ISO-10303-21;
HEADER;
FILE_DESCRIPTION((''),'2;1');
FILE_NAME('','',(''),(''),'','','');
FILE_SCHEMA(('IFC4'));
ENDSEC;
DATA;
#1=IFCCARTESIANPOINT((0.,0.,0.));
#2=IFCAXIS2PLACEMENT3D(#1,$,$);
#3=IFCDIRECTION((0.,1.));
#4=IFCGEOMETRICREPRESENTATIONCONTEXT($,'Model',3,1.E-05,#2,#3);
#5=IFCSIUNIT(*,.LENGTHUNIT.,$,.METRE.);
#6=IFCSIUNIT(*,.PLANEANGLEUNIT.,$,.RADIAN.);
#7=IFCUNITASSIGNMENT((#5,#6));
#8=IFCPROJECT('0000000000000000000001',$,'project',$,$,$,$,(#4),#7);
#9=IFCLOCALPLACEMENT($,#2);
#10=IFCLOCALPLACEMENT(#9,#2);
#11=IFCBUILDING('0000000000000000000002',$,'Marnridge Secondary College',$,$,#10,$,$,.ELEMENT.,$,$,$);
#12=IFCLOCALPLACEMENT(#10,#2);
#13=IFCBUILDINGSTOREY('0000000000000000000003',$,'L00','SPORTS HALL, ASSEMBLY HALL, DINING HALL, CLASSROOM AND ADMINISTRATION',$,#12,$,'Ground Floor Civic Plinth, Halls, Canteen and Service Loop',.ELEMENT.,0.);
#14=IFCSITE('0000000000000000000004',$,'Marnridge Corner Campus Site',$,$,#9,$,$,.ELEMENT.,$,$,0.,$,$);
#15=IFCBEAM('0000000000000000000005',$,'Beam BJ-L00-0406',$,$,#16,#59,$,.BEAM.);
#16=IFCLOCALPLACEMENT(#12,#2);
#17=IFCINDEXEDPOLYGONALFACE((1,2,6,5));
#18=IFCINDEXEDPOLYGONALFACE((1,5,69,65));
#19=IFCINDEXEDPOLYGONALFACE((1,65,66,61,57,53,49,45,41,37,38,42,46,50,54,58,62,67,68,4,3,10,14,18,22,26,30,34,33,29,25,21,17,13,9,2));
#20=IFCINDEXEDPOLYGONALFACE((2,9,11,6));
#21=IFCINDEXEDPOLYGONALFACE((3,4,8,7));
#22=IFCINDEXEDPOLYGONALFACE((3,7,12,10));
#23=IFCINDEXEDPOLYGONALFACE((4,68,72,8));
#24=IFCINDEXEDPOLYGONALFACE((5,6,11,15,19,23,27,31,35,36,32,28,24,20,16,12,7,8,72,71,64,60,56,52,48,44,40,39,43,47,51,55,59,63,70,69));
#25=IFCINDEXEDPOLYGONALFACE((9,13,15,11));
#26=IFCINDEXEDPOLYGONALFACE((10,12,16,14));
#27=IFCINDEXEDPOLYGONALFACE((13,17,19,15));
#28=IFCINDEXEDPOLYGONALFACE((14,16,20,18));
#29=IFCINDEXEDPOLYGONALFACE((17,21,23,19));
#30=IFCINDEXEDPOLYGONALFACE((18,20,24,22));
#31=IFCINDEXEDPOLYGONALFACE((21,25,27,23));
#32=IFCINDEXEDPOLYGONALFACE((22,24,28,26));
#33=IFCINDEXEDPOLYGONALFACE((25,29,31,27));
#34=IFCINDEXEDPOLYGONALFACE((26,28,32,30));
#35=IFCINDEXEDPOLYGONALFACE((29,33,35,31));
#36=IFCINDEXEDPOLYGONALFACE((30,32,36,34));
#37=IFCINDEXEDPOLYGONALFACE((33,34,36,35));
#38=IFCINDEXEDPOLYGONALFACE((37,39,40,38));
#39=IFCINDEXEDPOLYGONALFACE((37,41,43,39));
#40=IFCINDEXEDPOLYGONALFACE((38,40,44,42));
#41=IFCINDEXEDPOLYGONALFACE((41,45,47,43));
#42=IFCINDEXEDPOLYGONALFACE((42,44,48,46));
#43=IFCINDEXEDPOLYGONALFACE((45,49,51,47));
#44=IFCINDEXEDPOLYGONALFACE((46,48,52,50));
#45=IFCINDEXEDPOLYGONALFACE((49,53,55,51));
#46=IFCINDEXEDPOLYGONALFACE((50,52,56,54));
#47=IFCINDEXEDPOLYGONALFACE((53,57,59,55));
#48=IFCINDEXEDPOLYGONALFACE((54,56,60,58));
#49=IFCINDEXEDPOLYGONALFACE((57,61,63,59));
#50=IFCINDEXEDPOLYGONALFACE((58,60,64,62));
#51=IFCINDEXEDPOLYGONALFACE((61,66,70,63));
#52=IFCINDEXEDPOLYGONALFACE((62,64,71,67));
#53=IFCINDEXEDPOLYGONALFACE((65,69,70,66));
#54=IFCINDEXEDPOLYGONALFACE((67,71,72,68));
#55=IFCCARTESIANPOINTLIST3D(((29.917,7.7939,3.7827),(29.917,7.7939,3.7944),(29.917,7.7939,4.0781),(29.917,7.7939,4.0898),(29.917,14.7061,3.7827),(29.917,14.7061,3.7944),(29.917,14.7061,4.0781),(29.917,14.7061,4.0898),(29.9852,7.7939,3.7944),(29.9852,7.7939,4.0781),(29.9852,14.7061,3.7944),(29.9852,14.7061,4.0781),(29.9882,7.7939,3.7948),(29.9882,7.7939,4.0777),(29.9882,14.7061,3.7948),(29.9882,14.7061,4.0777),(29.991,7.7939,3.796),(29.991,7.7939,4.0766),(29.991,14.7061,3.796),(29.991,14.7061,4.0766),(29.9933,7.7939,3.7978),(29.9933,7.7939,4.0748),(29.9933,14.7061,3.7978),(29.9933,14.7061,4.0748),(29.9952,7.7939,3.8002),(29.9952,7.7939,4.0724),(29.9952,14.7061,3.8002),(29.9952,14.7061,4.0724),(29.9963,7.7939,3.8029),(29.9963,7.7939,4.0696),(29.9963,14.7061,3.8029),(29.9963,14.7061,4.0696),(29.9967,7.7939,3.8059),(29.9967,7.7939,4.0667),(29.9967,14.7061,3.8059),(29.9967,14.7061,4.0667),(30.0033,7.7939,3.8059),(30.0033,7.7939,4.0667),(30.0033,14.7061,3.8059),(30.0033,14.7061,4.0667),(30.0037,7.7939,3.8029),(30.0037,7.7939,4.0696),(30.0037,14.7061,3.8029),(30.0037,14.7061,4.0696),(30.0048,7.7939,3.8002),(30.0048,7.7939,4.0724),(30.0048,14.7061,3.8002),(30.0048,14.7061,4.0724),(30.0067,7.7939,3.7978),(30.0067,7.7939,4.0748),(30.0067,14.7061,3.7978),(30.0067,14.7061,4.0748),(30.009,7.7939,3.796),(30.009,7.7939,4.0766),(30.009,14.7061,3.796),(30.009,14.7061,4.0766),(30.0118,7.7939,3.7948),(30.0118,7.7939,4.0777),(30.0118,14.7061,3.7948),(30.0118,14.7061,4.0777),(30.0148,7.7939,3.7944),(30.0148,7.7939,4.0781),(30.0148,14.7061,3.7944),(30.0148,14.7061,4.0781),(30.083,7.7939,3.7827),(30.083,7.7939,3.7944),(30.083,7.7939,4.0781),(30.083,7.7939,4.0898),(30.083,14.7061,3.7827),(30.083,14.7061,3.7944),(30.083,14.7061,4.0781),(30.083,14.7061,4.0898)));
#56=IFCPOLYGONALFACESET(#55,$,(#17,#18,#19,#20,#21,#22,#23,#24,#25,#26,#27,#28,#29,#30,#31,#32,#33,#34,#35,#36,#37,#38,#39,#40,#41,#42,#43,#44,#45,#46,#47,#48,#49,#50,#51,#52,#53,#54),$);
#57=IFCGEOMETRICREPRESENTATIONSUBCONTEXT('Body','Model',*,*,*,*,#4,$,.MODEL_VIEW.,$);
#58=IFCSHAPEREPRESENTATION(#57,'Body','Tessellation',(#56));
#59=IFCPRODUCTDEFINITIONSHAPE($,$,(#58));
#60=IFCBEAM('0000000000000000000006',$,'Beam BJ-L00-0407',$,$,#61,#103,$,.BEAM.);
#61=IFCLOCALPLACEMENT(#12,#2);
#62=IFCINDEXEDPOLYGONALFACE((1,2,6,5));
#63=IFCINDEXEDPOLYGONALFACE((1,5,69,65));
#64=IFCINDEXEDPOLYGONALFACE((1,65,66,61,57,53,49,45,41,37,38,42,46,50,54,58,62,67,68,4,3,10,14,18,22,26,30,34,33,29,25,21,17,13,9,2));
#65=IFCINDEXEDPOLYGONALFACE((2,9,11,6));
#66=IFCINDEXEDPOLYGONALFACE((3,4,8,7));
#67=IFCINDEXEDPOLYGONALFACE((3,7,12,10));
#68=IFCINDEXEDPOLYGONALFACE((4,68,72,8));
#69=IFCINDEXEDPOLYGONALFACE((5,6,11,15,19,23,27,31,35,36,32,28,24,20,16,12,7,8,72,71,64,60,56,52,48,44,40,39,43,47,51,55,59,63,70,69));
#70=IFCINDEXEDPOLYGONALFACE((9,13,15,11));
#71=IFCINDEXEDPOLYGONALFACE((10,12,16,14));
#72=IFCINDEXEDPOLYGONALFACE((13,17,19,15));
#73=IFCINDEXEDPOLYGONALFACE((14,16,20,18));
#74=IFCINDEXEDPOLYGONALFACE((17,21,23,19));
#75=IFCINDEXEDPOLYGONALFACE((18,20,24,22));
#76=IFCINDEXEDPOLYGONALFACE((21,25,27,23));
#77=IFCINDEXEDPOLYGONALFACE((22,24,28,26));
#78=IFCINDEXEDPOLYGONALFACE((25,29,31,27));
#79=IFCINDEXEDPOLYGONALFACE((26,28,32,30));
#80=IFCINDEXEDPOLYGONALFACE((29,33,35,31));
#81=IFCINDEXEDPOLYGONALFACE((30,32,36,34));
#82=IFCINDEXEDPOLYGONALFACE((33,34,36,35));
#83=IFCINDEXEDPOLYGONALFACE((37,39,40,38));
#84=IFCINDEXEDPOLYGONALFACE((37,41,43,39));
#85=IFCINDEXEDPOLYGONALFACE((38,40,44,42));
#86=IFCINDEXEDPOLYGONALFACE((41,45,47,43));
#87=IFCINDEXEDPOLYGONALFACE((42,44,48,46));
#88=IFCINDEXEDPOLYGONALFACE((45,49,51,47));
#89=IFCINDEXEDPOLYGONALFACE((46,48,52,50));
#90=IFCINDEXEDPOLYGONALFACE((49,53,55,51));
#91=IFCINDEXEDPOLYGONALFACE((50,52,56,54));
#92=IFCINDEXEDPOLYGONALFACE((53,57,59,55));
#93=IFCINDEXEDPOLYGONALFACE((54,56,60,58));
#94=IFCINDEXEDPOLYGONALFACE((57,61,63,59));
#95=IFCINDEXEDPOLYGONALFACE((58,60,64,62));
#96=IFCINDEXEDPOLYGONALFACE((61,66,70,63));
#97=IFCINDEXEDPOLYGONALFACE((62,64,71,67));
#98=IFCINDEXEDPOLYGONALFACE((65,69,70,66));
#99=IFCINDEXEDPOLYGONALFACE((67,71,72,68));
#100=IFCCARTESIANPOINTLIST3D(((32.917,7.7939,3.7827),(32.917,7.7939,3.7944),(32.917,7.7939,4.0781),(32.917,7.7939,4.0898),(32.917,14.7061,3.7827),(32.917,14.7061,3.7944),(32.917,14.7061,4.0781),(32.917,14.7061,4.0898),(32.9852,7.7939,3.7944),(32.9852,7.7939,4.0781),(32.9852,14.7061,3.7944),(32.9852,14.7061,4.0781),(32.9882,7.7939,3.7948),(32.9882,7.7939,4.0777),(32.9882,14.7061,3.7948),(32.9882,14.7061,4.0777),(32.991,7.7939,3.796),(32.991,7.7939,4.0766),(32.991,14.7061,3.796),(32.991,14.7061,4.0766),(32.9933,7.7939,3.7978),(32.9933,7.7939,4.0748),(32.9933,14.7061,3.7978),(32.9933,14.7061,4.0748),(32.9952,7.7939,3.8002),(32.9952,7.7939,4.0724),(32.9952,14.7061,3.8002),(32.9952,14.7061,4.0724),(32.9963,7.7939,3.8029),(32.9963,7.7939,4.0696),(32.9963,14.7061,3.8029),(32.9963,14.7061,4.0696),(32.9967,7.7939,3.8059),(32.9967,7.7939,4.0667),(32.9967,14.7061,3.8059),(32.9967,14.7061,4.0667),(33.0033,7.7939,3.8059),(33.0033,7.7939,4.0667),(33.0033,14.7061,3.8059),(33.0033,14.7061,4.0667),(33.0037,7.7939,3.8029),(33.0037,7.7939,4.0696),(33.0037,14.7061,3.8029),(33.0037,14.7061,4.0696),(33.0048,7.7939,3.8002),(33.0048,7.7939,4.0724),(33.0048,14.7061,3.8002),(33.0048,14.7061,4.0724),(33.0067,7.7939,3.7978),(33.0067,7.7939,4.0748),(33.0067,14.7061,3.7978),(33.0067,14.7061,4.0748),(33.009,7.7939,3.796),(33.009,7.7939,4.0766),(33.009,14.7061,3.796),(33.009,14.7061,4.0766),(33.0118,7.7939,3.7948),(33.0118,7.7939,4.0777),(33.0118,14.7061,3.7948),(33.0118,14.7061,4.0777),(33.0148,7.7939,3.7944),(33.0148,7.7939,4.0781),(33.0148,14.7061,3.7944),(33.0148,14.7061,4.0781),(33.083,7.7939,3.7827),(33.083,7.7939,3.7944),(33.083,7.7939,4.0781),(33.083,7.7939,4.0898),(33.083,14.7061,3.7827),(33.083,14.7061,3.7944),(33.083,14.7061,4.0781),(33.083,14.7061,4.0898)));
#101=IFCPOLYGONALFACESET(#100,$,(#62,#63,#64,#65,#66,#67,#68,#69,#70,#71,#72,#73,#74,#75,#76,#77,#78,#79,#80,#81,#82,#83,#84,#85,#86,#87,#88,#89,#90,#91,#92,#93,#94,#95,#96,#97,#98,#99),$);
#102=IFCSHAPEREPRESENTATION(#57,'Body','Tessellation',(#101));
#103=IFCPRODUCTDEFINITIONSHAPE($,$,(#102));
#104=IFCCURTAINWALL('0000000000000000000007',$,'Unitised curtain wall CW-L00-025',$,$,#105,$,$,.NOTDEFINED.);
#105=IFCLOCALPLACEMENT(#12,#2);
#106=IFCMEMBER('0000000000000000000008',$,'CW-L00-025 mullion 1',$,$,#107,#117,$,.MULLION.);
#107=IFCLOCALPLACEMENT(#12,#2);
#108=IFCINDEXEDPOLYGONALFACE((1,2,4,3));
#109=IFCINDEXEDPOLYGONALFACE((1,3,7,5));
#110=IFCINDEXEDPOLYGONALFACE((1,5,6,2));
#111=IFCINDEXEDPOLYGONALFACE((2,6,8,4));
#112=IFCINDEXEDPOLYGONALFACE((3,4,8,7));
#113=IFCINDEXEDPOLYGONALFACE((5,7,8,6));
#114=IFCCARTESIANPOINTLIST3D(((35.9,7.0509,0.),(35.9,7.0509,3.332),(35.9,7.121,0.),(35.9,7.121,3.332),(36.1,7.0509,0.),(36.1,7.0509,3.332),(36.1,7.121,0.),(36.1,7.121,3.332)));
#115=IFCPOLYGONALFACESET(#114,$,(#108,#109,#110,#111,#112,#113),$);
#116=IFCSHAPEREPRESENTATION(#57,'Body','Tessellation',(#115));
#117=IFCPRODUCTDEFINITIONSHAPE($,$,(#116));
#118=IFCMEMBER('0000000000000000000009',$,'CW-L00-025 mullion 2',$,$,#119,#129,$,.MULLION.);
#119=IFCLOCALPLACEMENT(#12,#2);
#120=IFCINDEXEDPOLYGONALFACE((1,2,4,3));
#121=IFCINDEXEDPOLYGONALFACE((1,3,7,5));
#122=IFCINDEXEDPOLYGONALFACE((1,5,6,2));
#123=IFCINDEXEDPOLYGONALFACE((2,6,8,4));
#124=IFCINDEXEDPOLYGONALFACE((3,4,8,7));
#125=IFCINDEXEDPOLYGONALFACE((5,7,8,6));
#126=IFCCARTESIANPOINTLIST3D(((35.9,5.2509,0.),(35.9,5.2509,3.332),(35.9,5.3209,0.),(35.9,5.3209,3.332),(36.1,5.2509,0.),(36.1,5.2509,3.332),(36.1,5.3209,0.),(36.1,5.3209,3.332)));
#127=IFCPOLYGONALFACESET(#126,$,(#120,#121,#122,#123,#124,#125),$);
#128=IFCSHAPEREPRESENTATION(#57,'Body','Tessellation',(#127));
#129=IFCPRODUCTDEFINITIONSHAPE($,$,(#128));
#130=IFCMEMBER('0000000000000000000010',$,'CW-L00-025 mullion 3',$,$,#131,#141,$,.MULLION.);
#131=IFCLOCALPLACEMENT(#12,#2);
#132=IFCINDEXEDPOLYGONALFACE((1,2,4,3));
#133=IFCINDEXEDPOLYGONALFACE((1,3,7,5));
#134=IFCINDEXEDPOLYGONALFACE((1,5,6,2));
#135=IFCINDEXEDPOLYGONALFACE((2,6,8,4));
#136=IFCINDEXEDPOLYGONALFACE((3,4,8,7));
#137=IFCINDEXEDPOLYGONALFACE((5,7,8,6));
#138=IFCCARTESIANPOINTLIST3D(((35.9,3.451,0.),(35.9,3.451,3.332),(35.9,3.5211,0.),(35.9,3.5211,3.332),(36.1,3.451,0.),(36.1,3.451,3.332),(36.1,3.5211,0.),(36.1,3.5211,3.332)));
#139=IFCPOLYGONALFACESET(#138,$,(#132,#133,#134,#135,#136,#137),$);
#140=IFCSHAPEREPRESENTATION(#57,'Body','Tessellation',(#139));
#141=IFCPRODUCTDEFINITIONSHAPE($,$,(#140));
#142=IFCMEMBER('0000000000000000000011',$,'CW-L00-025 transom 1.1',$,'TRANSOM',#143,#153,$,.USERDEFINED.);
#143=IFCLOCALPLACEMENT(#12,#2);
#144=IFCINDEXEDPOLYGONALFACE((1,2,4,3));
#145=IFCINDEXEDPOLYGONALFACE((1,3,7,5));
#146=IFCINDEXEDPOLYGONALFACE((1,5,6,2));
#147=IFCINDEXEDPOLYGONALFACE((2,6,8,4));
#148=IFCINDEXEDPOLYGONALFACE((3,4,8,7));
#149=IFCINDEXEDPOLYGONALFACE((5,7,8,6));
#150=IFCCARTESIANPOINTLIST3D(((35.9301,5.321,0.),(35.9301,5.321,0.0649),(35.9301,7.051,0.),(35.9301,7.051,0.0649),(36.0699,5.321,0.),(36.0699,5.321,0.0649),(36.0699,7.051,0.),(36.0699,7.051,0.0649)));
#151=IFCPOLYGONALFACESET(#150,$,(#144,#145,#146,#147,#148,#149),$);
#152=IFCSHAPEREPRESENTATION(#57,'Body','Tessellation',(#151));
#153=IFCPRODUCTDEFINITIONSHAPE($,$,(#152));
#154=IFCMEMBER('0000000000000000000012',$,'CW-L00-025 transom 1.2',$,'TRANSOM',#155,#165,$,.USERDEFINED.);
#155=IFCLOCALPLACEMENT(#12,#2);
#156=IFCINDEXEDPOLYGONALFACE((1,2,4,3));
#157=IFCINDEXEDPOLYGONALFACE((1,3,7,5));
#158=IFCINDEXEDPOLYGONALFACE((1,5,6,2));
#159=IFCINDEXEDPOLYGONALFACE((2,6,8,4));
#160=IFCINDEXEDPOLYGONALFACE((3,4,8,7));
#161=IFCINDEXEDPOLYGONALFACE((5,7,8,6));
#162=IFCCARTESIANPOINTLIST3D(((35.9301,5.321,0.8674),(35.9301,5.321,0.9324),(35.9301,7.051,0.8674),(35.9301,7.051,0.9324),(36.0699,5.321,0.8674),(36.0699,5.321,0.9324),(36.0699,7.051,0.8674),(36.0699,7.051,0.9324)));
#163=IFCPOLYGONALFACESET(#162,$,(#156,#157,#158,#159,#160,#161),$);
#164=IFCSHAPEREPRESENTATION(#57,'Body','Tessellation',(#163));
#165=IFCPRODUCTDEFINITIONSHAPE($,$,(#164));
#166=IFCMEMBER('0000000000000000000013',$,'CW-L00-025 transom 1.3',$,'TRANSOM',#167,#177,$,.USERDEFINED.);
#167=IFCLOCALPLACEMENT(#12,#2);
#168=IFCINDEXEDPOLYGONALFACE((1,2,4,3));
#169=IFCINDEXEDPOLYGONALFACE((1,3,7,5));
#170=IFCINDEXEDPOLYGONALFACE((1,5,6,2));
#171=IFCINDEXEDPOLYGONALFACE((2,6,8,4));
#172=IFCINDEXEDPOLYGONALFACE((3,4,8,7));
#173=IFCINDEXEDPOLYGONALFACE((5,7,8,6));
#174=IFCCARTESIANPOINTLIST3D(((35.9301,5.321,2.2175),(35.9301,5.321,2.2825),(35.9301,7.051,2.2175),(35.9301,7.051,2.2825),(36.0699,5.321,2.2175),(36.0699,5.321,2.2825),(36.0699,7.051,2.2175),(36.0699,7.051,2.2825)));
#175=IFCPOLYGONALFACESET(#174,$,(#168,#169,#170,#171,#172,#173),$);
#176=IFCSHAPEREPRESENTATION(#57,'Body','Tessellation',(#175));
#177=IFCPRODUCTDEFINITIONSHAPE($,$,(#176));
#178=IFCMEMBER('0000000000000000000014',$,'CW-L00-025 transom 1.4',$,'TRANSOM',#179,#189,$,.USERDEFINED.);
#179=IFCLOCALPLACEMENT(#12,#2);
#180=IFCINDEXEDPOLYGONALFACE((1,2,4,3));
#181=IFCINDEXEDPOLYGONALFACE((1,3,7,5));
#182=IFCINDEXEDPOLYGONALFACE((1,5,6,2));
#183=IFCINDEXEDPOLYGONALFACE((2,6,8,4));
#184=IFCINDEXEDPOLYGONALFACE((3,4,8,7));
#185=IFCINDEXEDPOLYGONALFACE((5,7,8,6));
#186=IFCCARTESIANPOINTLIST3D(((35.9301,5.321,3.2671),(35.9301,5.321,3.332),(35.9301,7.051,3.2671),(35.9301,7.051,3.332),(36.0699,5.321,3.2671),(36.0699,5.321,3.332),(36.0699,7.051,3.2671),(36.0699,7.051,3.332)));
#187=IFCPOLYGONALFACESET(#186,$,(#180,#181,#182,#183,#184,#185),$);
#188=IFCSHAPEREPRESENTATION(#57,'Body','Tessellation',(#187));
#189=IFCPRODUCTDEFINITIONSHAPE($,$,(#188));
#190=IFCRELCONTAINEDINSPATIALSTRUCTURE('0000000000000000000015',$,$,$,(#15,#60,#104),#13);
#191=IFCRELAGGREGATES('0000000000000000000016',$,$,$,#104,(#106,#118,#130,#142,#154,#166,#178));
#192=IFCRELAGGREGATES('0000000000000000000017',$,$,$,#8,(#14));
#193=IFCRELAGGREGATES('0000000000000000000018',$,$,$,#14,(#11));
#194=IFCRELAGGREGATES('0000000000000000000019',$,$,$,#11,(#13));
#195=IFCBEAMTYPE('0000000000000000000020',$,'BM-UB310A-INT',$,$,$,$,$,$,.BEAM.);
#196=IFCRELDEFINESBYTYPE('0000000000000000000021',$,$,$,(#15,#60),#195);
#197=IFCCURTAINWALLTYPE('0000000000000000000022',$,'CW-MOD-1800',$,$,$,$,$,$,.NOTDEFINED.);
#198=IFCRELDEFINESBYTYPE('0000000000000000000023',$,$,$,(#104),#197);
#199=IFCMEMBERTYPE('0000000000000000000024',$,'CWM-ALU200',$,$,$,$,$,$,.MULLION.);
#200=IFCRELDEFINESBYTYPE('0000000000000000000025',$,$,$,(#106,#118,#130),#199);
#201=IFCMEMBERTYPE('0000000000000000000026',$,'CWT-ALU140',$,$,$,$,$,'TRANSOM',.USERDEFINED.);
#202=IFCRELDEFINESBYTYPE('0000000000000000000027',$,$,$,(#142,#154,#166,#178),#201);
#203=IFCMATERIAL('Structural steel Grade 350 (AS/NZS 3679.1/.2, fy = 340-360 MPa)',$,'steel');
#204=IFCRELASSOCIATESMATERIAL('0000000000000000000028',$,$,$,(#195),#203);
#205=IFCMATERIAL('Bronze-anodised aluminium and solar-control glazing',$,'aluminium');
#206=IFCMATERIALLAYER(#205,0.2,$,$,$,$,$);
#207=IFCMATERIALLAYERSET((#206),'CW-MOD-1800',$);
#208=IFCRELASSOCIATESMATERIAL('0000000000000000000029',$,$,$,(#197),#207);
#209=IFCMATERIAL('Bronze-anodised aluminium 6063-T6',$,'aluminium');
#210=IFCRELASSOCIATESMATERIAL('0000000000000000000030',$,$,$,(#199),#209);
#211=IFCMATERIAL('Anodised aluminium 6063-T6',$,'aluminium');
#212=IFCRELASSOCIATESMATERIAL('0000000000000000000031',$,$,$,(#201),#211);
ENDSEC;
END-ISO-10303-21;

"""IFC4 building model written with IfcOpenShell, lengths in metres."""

from ifc_helpers import new_model, si_unit, direction, frame, origin, origin_2d, place, context, subcontext, project, spatial, rectangle, i_section, extrude, material, layer, layer_set, material_profile, profile_set, type_object, element, aggregate, save


model = new_model("IFC4")

# Units and contexts
model_context = context("Model", 3, precision=1e-05, world=origin(), true_north=direction((0.0, 1.0)))
body_context = subcontext(model_context, "Body", "Model", "MODEL_VIEW")
ifc_project = project(units=[si_unit("LENGTHUNIT", "METRE"), si_unit("PLANEANGLEUNIT", "RADIAN")], contexts=[model_context])

# Site, building, storey
site_placement = place(None, origin())
site = spatial("IfcSite", under=ifc_project, at=site_placement, Name="Marnridge Corner Campus Site", CompositionType="ELEMENT", RefElevation=0.0)
building_placement = place(site_placement, origin())
building = spatial("IfcBuilding", under=site, at=building_placement, Name="Marnridge Secondary College", CompositionType="ELEMENT")
storey_placement = place(building_placement, origin())
storey = spatial("IfcBuildingStorey", under=building, at=storey_placement, Name="L00", Description="SPORTS HALL, ASSEMBLY HALL, DINING HALL, CLASSROOM AND ADMINISTRATION", LongName="Ground Floor Civic Plinth, Halls, Canteen and Service Loop", CompositionType="ELEMENT", Elevation=0.0)

# Beams
ifc_material_1 = material(Name="Structural steel Grade 350 (AS/NZS 3679.1/.2, fy = 340-360 MPa)", Category="steel")
ifc_material_profile_1 = material_profile(ifc_material_1, i_section(OverallWidth=0.166, OverallDepth=0.3071, WebThickness=0.0066, FlangeThickness=0.0117, FilletRadius=0.0115, at=origin_2d()), Name="310UB46.2")
ifc_profile_set_1 = profile_set([ifc_material_profile_1], Name="Structural steel Grade 350 (AS/NZS 3679.1/.2, fy = 340-360 MPa)")
beam_type_1 = type_object("IfcBeamType", Name="BM-UB310A-INT", PredefinedType="BEAM", material=ifc_profile_set_1)
for number, where, z_axis, x_axis, name in (
    (1, (30.0, 7.7939, 3.9363), (0.0, 1.0, 0.0), (-1.0, 0.0, 0.0), "Beam BJ-L00-0406"),
    (2, (33.0, 7.7939, 3.9363), (0.0, 1.0, 0.0), (-1.0, 0.0, 0.0), "Beam BJ-L00-0407"),
):
    element("IfcBeam", number, at=place(storey_placement, frame(where, z_axis=z_axis, x_axis=x_axis)), inside=storey, type_object=beam_type_1, Name=name, PredefinedType="BEAM", context=body_context, shape_type="SweptSolid", body=[
        extrude(i_section(OverallWidth=0.166, OverallDepth=0.3071, WebThickness=0.0066, FlangeThickness=0.0117, FilletRadius=0.0115, at=origin_2d()), origin(), (0.0, 0.0, 1.0), 6.9121),
    ])

# Curtain wall, members
ifc_material_2 = material(Name="Bronze-anodised aluminium and solar-control glazing", Category="aluminium")
ifc_layer_1 = layer(ifc_material_2, 0.2)
ifc_layer_set_1 = layer_set([ifc_layer_1], Name="CW-MOD-1800")
curtain_wall_type = type_object("IfcCurtainWallType", Name="CW-MOD-1800", PredefinedType="NOTDEFINED", material=ifc_layer_set_1)
curtain_wall_placement = place(storey_placement, origin())
curtain_wall = element("IfcCurtainWall", 3, at=curtain_wall_placement, inside=storey, type_object=curtain_wall_type, Name="Unitised curtain wall CW-L00-025", PredefinedType="NOTDEFINED")
ifc_material_3 = material(Name="Bronze-anodised aluminium 6063-T6", Category="aluminium")
ifc_material_profile_2 = material_profile(ifc_material_3, rectangle(XDim=0.0701, YDim=0.2, at=origin_2d()), Name="ALU 70x200")
ifc_profile_set_2 = profile_set([ifc_material_profile_2], Name="Bronze-anodised aluminium 6063-T6")
member_type_1 = type_object("IfcMemberType", Name="CWM-ALU200", PredefinedType="MULLION", material=ifc_profile_set_2)
member_1_placement = place(storey_placement, frame((36.0, 7.0859, 0.0), z_axis=(0.0, 0.0, 1.0), x_axis=(0.0, -1.0, 0.0)))
member_1 = element("IfcMember", 4, at=member_1_placement, type_object=member_type_1, Name="CW-L00-025 mullion 1", PredefinedType="MULLION", context=body_context, shape_type="SweptSolid", body=[
    extrude(rectangle(XDim=0.0701, YDim=0.2, at=origin_2d()), origin(), (0.0, 0.0, 1.0), 3.332),
])
member_2_placement = place(storey_placement, frame((36.0, 5.2859, 0.0), z_axis=(0.0, 0.0, 1.0), x_axis=(0.0, -1.0, 0.0)))
member_2 = element("IfcMember", 5, at=member_2_placement, type_object=member_type_1, Name="CW-L00-025 mullion 2", PredefinedType="MULLION", context=body_context, shape_type="SweptSolid", body=[
    extrude(rectangle(XDim=0.0701, YDim=0.2, at=origin_2d()), origin(), (0.0, 0.0, 1.0), 3.332),
])
member_3_placement = place(storey_placement, frame((36.0, 3.4861, 0.0), z_axis=(0.0, 0.0, 1.0), x_axis=(0.0, -1.0, 0.0)))
member_3 = element("IfcMember", 6, at=member_3_placement, type_object=member_type_1, Name="CW-L00-025 mullion 3", PredefinedType="MULLION", context=body_context, shape_type="SweptSolid", body=[
    extrude(rectangle(XDim=0.0701, YDim=0.2, at=origin_2d()), origin(), (0.0, 0.0, 1.0), 3.332),
])
ifc_material_4 = material(Name="Anodised aluminium 6063-T6", Category="aluminium")
ifc_material_profile_3 = material_profile(ifc_material_4, rectangle(XDim=0.0649, YDim=0.1399, at=origin_2d()), Name="ALU 65x140")
ifc_profile_set_3 = profile_set([ifc_material_profile_3], Name="Anodised aluminium 6063-T6")
member_type_2 = type_object("IfcMemberType", Name="CWT-ALU140", ElementType="TRANSOM", PredefinedType="USERDEFINED", material=ifc_profile_set_3)
member_4_placement = place(storey_placement, frame((36.0, 7.051, 0.0325), z_axis=(0.0, -1.0, 0.0), x_axis=(0.0, 0.0, 1.0)))
member_4 = element("IfcMember", 7, at=member_4_placement, type_object=member_type_2, Name="CW-L00-025 transom 1.1", ObjectType="TRANSOM", PredefinedType="USERDEFINED", context=body_context, shape_type="SweptSolid", body=[
    extrude(rectangle(XDim=0.0649, YDim=0.1399, at=origin_2d()), origin(), (0.0, 0.0, 1.0), 1.73),
])
member_5_placement = place(storey_placement, frame((36.0, 7.051, 0.8999), z_axis=(0.0, -1.0, 0.0), x_axis=(0.0, 0.0, 1.0)))
member_5 = element("IfcMember", 8, at=member_5_placement, type_object=member_type_2, Name="CW-L00-025 transom 1.2", ObjectType="TRANSOM", PredefinedType="USERDEFINED", context=body_context, shape_type="SweptSolid", body=[
    extrude(rectangle(XDim=0.0649, YDim=0.1399, at=origin_2d()), origin(), (0.0, 0.0, 1.0), 1.73),
])
member_6_placement = place(storey_placement, frame((36.0, 7.051, 2.25), z_axis=(0.0, -1.0, 0.0), x_axis=(0.0, 0.0, 1.0)))
member_6 = element("IfcMember", 9, at=member_6_placement, type_object=member_type_2, Name="CW-L00-025 transom 1.3", ObjectType="TRANSOM", PredefinedType="USERDEFINED", context=body_context, shape_type="SweptSolid", body=[
    extrude(rectangle(XDim=0.0649, YDim=0.1399, at=origin_2d()), origin(), (0.0, 0.0, 1.0), 1.73),
])
member_7_placement = place(storey_placement, frame((36.0, 7.051, 3.2996), z_axis=(0.0, -1.0, 0.0), x_axis=(0.0, 0.0, 1.0)))
member_7 = element("IfcMember", 10, at=member_7_placement, type_object=member_type_2, Name="CW-L00-025 transom 1.4", ObjectType="TRANSOM", PredefinedType="USERDEFINED", context=body_context, shape_type="SweptSolid", body=[
    extrude(rectangle(XDim=0.0649, YDim=0.1399, at=origin_2d()), origin(), (0.0, 0.0, 1.0), 1.73),
])
aggregate(curtain_wall, [member_1, member_2, member_3, member_4, member_5, member_6, member_7])

save(model, "model.ifc")
